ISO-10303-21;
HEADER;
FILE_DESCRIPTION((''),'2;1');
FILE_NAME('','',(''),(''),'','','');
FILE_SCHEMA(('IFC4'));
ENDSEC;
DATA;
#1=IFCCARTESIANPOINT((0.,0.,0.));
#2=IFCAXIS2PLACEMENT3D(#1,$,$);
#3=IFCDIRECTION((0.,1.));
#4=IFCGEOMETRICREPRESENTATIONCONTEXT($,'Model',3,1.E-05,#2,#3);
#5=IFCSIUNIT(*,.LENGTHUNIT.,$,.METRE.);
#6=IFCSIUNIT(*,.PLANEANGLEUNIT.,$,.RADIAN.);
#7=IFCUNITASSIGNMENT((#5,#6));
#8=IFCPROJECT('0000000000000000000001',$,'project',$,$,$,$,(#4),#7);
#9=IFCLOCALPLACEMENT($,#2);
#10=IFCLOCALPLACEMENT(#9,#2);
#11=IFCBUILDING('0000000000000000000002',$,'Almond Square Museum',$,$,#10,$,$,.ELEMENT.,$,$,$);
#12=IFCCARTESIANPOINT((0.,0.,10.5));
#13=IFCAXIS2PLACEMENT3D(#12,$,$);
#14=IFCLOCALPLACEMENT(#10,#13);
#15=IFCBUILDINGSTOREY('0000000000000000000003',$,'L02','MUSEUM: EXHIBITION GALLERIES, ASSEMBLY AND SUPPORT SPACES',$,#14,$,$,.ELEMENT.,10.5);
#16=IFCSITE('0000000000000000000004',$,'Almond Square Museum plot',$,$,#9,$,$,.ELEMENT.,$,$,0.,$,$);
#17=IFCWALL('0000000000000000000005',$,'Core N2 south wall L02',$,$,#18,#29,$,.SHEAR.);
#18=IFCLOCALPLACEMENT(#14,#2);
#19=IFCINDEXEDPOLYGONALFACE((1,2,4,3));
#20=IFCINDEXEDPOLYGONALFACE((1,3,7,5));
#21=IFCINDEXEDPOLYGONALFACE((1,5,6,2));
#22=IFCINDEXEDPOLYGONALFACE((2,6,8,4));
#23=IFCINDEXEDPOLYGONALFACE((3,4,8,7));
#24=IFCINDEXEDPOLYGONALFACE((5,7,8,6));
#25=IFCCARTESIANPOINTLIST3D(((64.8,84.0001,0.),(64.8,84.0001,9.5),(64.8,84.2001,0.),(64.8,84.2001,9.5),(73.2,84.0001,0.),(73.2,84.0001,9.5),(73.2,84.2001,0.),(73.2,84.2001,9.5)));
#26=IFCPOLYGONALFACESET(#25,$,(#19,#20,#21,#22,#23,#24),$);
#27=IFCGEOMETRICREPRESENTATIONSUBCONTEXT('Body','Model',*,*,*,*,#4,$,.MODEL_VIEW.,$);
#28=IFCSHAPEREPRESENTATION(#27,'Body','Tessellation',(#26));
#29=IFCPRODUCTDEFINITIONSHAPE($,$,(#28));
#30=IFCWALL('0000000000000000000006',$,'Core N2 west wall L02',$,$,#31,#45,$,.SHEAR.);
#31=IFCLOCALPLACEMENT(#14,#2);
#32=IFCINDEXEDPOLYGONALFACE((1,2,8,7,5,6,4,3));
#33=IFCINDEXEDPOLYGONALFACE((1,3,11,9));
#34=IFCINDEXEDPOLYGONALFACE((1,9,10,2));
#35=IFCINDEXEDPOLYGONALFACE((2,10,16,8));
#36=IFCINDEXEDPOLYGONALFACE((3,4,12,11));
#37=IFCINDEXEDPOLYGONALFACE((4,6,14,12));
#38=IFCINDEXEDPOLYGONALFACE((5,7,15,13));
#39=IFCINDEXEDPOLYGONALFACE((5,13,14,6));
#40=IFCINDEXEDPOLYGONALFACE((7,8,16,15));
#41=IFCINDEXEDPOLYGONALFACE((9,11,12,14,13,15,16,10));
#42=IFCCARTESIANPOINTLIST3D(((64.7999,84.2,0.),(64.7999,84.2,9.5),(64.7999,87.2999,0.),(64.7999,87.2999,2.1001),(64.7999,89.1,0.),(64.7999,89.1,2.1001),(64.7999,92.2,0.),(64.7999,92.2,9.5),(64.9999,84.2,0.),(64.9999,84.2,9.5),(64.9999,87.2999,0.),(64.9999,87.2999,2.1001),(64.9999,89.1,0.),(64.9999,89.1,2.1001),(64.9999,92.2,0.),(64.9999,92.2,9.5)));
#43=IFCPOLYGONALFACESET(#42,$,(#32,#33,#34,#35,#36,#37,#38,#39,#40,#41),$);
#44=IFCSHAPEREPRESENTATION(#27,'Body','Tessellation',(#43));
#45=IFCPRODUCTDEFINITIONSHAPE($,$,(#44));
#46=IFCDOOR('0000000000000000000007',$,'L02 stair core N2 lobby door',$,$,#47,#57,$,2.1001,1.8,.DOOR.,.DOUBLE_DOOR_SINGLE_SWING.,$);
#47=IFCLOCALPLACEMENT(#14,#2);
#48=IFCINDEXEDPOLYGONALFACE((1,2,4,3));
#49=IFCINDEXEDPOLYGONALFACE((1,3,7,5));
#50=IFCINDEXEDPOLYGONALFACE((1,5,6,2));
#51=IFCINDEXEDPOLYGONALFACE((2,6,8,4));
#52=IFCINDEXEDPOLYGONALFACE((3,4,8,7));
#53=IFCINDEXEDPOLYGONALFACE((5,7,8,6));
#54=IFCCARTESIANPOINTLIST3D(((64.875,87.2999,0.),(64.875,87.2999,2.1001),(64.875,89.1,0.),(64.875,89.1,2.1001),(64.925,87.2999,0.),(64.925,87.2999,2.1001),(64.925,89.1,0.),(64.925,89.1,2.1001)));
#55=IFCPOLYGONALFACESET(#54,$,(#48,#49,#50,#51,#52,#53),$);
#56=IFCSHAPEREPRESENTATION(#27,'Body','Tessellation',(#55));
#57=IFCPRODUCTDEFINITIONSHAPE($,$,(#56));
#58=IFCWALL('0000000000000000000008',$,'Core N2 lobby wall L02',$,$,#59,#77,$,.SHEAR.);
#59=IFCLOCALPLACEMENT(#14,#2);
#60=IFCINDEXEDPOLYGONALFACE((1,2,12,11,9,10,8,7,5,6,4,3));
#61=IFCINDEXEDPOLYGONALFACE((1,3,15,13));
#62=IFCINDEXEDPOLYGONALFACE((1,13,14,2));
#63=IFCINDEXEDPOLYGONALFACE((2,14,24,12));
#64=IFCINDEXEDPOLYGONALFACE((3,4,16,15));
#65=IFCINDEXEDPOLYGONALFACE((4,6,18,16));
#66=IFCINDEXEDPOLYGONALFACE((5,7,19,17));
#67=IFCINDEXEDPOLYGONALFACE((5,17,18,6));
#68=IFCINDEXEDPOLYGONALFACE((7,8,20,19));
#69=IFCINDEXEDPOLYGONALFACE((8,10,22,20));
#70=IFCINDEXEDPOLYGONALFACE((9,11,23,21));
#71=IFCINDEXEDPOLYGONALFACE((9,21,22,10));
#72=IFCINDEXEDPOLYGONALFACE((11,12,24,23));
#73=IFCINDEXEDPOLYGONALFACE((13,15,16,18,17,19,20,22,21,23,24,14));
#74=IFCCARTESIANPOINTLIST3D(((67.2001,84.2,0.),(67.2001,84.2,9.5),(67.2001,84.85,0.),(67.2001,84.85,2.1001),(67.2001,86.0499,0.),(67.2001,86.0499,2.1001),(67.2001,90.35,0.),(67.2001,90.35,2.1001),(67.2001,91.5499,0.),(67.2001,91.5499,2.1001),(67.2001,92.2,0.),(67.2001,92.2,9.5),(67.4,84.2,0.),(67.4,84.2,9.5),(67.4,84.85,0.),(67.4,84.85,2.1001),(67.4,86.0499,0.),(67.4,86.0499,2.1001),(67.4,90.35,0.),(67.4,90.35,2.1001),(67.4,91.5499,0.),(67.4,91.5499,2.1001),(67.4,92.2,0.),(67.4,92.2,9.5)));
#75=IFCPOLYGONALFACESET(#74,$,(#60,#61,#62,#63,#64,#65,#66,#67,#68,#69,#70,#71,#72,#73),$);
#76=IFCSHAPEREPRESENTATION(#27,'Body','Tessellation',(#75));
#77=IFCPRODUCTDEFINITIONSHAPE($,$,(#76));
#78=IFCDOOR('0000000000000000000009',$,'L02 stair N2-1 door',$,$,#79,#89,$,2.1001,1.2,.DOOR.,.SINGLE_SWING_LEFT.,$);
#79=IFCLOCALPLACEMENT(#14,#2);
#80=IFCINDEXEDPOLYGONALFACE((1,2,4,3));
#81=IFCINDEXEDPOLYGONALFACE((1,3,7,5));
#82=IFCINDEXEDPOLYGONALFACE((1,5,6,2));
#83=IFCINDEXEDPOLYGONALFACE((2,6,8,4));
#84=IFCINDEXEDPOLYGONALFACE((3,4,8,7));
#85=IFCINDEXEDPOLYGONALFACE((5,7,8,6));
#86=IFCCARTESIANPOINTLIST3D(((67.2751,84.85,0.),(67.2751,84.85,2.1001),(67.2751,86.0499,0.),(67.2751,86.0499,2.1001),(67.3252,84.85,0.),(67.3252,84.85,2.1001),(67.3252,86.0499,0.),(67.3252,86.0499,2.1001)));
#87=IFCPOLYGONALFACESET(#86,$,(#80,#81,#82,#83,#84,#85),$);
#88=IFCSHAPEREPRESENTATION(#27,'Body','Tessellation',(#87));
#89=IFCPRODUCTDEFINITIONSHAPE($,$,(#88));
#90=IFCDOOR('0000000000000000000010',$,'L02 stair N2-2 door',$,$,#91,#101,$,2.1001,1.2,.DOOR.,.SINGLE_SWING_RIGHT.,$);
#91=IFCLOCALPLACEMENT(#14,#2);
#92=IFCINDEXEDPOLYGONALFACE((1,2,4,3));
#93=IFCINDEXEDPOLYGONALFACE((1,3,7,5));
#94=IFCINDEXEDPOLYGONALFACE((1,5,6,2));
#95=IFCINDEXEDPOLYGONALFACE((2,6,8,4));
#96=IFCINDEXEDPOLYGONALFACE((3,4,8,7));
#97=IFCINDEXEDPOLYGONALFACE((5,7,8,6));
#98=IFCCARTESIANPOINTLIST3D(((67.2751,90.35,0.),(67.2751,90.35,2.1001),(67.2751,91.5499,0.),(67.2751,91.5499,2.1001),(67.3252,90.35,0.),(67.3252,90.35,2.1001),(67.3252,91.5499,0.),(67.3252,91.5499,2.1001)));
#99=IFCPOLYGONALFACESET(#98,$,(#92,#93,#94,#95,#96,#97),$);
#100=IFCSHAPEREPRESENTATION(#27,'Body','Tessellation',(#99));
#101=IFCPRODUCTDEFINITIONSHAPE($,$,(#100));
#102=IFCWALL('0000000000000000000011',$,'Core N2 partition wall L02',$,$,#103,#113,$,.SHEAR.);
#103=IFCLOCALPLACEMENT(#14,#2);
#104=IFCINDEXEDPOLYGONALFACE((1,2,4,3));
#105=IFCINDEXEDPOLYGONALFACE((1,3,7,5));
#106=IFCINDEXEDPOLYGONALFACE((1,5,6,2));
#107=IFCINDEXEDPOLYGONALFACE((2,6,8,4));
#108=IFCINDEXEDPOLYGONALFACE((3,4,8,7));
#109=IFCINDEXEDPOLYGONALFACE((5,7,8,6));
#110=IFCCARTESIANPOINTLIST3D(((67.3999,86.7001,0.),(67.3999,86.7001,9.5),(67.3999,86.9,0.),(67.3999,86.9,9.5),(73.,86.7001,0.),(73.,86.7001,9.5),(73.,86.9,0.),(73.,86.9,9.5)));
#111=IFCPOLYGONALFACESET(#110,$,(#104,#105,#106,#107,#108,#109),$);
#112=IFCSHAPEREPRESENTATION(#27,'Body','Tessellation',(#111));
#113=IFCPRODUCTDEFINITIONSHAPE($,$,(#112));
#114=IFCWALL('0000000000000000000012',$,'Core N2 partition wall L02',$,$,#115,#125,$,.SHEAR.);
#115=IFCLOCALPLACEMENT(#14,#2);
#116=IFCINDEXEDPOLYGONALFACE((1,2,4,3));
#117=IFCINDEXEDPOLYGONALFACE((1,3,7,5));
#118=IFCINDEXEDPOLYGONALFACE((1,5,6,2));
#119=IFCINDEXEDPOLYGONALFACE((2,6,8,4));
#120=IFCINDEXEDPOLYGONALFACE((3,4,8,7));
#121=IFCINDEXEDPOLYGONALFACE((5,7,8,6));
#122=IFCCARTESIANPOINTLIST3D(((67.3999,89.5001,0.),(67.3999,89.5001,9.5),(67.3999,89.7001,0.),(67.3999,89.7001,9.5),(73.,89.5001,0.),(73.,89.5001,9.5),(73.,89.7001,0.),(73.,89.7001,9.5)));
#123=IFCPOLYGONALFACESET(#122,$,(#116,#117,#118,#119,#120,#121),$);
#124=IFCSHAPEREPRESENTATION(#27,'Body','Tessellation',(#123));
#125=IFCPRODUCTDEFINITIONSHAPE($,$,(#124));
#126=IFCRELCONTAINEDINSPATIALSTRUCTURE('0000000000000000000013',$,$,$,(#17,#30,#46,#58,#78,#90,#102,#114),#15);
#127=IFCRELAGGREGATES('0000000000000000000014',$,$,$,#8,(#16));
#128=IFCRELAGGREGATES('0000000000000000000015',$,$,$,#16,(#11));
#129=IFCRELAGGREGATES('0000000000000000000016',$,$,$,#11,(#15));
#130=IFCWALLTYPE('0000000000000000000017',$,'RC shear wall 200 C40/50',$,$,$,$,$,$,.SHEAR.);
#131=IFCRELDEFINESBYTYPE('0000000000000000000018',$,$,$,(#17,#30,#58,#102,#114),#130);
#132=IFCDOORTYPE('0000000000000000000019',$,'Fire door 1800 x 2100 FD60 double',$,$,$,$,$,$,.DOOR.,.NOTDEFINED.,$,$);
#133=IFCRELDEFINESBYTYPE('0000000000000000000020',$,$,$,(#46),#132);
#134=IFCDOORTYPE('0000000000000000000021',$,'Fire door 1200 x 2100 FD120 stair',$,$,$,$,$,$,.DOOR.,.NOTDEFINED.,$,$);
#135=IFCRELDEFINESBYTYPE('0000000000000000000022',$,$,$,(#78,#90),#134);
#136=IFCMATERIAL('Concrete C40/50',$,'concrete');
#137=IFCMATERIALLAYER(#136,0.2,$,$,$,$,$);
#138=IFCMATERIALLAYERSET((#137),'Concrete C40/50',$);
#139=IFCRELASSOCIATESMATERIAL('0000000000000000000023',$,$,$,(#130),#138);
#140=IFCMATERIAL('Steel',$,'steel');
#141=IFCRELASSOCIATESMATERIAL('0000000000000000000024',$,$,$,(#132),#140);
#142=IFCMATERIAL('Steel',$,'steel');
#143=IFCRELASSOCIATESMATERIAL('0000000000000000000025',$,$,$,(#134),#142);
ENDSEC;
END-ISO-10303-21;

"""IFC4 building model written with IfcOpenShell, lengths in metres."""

from ifc_helpers import new_model, si_unit, direction, frame, frame_2d, origin, place, context, subcontext, project, spatial, rectangle, extrude, material, layer, layer_set, type_object, element, fill, save


model = new_model("IFC4")

# Units and contexts
model_context = context("Model", 3, precision=1e-05, world=origin(), true_north=direction((0.0, 1.0)))
body_context = subcontext(model_context, "Body", "Model", "MODEL_VIEW")
ifc_project = project(units=[si_unit("LENGTHUNIT", "METRE"), si_unit("PLANEANGLEUNIT", "RADIAN")], contexts=[model_context])

# Site, building, storey
site_placement = place(None, origin())
site = spatial("IfcSite", under=ifc_project, at=site_placement, Name="Almond Square Museum plot", CompositionType="ELEMENT", RefElevation=0.0)
building_placement = place(site_placement, origin())
building = spatial("IfcBuilding", under=site, at=building_placement, Name="Almond Square Museum", CompositionType="ELEMENT")
storey_placement = place(building_placement, frame((0.0, 0.0, 10.5)))
storey = spatial("IfcBuildingStorey", under=building, at=storey_placement, Name="L02", Description="MUSEUM: EXHIBITION GALLERIES, ASSEMBLY AND SUPPORT SPACES", CompositionType="ELEMENT", Elevation=10.5)

# Wall
ifc_material_1 = material(Name="Concrete C40/50", Category="concrete")
ifc_layer = layer(ifc_material_1, 0.2)
ifc_layer_set = layer_set([ifc_layer], Name="Concrete C40/50")
wall_type = type_object("IfcWallType", Name="RC shear wall 200 C40/50", PredefinedType="SHEAR", material=ifc_layer_set)
wall_1_placement = place(storey_placement, frame((64.8, 84.1001, 0.0), z_axis=(0.0, 0.0, 1.0), x_axis=(1.0, 0.0, 0.0)))
element("IfcWall", 1, at=wall_1_placement, inside=storey, type_object=wall_type, Name="Core N2 south wall L02", PredefinedType="SHEAR", context=body_context, shape_type="SweptSolid", body=[
    extrude(rectangle(XDim=8.3999, YDim=0.2, at=frame_2d((4.2, 0.0))), origin(), (0.0, 0.0, 1.0), 9.5),
])

# Wall, opening, door
wall_2_placement = place(storey_placement, frame((64.8999, 84.2, 0.0), z_axis=(0.0, 0.0, 1.0), x_axis=(0.0, 1.0, 0.0)))
wall_2 = element("IfcWall", 2, at=wall_2_placement, inside=storey, type_object=wall_type, Name="Core N2 west wall L02", PredefinedType="SHEAR", context=body_context, shape_type="SweptSolid", body=[
    extrude(rectangle(XDim=8.0, YDim=0.2, at=frame_2d((4.0, 0.0))), origin(), (0.0, 0.0, 1.0), 9.5),
])
opening_1_placement = place(wall_2_placement, frame((3.1001, 0.0, 0.0)))
opening_1 = element("IfcOpeningElement", 3, at=opening_1_placement, cuts=wall_2, PredefinedType="OPENING", context=body_context, shape_type="SweptSolid", body=[
    extrude(rectangle(XDim=1.8, YDim=2.1001, at=frame_2d((0.8999, 1.05))), frame((0.0, 0.1099, 0.0), z_axis=(0.0, -1.0, 0.0), x_axis=(1.0, 0.0, 0.0)), (0.0, 0.0, 1.0), 0.22),
])
ifc_material_2 = material(Name="Steel", Category="steel")
door_type_1 = type_object("IfcDoorType", Name="Fire door 1800 x 2100 FD60 double", OperationType="NOTDEFINED", PredefinedType="DOOR", material=ifc_material_2)
door_1_placement = place(opening_1_placement, origin())
door_1 = element("IfcDoor", 4, at=door_1_placement, inside=storey, type_object=door_type_1, Name="L02 stair core N2 lobby door", OperationType="DOUBLE_DOOR_SINGLE_SWING", OverallHeight=2.1001, OverallWidth=1.8, PredefinedType="DOOR", context=body_context, shape_type="SweptSolid", body=[
    extrude(rectangle(XDim=1.8, YDim=2.1001, at=frame_2d((0.8999, 1.05))), frame((0.0, 0.0249, 0.0), z_axis=(0.0, -1.0, 0.0), x_axis=(1.0, 0.0, 0.0)), (0.0, 0.0, 1.0), 0.05),
])
fill(opening_1, door_1)

# Wall, openings, doors
wall_3_placement = place(storey_placement, frame((67.3, 84.2, 0.0), z_axis=(0.0, 0.0, 1.0), x_axis=(0.0, 1.0, 0.0)))
wall_3 = element("IfcWall", 5, at=wall_3_placement, inside=storey, type_object=wall_type, Name="Core N2 lobby wall L02", PredefinedType="SHEAR", context=body_context, shape_type="SweptSolid", body=[
    extrude(rectangle(XDim=8.0, YDim=0.2, at=frame_2d((4.0, 0.0))), origin(), (0.0, 0.0, 1.0), 9.5),
])
opening_2_placement = place(wall_3_placement, frame((0.6499, 0.0, 0.0)))
opening_2 = element("IfcOpeningElement", 6, at=opening_2_placement, cuts=wall_3, PredefinedType="OPENING", context=body_context, shape_type="SweptSolid", body=[
    extrude(rectangle(XDim=1.2, YDim=2.1001, at=frame_2d((0.6001, 1.05))), frame((0.0, 0.1099, 0.0), z_axis=(0.0, -1.0, 0.0), x_axis=(1.0, 0.0, 0.0)), (0.0, 0.0, 1.0), 0.22),
])
opening_3_placement = place(wall_3_placement, frame((6.1499, 0.0, 0.0)))
opening_3 = element("IfcOpeningElement", 7, at=opening_3_placement, cuts=wall_3, PredefinedType="OPENING", context=body_context, shape_type="SweptSolid", body=[
    extrude(rectangle(XDim=1.2, YDim=2.1001, at=frame_2d((0.6001, 1.05))), frame((0.0, 0.1099, 0.0), z_axis=(0.0, -1.0, 0.0), x_axis=(1.0, 0.0, 0.0)), (0.0, 0.0, 1.0), 0.22),
])
ifc_material_3 = material(Name="Steel", Category="steel")
door_type_2 = type_object("IfcDoorType", Name="Fire door 1200 x 2100 FD120 stair", OperationType="NOTDEFINED", PredefinedType="DOOR", material=ifc_material_3)
door_2_placement = place(opening_2_placement, origin())
door_2 = element("IfcDoor", 8, at=door_2_placement, inside=storey, type_object=door_type_2, Name="L02 stair N2-1 door", OperationType="SINGLE_SWING_LEFT", OverallHeight=2.1001, OverallWidth=1.2, PredefinedType="DOOR", context=body_context, shape_type="SweptSolid", body=[
    extrude(rectangle(XDim=1.2, YDim=2.1001, at=frame_2d((0.6001, 1.05))), frame((0.0, 0.0249, 0.0), z_axis=(0.0, -1.0, 0.0), x_axis=(1.0, 0.0, 0.0)), (0.0, 0.0, 1.0), 0.05),
])
fill(opening_2, door_2)
door_3_placement = place(opening_3_placement, origin())
door_3 = element("IfcDoor", 9, at=door_3_placement, inside=storey, type_object=door_type_2, Name="L02 stair N2-2 door", OperationType="SINGLE_SWING_RIGHT", OverallHeight=2.1001, OverallWidth=1.2, PredefinedType="DOOR", context=body_context, shape_type="SweptSolid", body=[
    extrude(rectangle(XDim=1.2, YDim=2.1001, at=frame_2d((0.6001, 1.05))), frame((0.0, 0.0249, 0.0), z_axis=(0.0, -1.0, 0.0), x_axis=(1.0, 0.0, 0.0)), (0.0, 0.0, 1.0), 0.05),
])
fill(opening_3, door_3)

# Walls
for number, where, z_axis, x_axis, name in (
    (10, (67.3999, 86.8, 0.0), (0.0, 0.0, 1.0), (1.0, 0.0, 0.0), "Core N2 partition wall L02"),
    (11, (67.3999, 89.6001, 0.0), (0.0, 0.0, 1.0), (1.0, 0.0, 0.0), "Core N2 partition wall L02"),
):
    element("IfcWall", number, at=place(storey_placement, frame(where, z_axis=z_axis, x_axis=x_axis)), inside=storey, type_object=wall_type, Name=name, PredefinedType="SHEAR", context=body_context, shape_type="SweptSolid", body=[
        extrude(rectangle(XDim=5.6001, YDim=0.2, at=frame_2d((2.8, 0.0))), origin(), (0.0, 0.0, 1.0), 9.5),
    ])

save(model, "model.ifc")
